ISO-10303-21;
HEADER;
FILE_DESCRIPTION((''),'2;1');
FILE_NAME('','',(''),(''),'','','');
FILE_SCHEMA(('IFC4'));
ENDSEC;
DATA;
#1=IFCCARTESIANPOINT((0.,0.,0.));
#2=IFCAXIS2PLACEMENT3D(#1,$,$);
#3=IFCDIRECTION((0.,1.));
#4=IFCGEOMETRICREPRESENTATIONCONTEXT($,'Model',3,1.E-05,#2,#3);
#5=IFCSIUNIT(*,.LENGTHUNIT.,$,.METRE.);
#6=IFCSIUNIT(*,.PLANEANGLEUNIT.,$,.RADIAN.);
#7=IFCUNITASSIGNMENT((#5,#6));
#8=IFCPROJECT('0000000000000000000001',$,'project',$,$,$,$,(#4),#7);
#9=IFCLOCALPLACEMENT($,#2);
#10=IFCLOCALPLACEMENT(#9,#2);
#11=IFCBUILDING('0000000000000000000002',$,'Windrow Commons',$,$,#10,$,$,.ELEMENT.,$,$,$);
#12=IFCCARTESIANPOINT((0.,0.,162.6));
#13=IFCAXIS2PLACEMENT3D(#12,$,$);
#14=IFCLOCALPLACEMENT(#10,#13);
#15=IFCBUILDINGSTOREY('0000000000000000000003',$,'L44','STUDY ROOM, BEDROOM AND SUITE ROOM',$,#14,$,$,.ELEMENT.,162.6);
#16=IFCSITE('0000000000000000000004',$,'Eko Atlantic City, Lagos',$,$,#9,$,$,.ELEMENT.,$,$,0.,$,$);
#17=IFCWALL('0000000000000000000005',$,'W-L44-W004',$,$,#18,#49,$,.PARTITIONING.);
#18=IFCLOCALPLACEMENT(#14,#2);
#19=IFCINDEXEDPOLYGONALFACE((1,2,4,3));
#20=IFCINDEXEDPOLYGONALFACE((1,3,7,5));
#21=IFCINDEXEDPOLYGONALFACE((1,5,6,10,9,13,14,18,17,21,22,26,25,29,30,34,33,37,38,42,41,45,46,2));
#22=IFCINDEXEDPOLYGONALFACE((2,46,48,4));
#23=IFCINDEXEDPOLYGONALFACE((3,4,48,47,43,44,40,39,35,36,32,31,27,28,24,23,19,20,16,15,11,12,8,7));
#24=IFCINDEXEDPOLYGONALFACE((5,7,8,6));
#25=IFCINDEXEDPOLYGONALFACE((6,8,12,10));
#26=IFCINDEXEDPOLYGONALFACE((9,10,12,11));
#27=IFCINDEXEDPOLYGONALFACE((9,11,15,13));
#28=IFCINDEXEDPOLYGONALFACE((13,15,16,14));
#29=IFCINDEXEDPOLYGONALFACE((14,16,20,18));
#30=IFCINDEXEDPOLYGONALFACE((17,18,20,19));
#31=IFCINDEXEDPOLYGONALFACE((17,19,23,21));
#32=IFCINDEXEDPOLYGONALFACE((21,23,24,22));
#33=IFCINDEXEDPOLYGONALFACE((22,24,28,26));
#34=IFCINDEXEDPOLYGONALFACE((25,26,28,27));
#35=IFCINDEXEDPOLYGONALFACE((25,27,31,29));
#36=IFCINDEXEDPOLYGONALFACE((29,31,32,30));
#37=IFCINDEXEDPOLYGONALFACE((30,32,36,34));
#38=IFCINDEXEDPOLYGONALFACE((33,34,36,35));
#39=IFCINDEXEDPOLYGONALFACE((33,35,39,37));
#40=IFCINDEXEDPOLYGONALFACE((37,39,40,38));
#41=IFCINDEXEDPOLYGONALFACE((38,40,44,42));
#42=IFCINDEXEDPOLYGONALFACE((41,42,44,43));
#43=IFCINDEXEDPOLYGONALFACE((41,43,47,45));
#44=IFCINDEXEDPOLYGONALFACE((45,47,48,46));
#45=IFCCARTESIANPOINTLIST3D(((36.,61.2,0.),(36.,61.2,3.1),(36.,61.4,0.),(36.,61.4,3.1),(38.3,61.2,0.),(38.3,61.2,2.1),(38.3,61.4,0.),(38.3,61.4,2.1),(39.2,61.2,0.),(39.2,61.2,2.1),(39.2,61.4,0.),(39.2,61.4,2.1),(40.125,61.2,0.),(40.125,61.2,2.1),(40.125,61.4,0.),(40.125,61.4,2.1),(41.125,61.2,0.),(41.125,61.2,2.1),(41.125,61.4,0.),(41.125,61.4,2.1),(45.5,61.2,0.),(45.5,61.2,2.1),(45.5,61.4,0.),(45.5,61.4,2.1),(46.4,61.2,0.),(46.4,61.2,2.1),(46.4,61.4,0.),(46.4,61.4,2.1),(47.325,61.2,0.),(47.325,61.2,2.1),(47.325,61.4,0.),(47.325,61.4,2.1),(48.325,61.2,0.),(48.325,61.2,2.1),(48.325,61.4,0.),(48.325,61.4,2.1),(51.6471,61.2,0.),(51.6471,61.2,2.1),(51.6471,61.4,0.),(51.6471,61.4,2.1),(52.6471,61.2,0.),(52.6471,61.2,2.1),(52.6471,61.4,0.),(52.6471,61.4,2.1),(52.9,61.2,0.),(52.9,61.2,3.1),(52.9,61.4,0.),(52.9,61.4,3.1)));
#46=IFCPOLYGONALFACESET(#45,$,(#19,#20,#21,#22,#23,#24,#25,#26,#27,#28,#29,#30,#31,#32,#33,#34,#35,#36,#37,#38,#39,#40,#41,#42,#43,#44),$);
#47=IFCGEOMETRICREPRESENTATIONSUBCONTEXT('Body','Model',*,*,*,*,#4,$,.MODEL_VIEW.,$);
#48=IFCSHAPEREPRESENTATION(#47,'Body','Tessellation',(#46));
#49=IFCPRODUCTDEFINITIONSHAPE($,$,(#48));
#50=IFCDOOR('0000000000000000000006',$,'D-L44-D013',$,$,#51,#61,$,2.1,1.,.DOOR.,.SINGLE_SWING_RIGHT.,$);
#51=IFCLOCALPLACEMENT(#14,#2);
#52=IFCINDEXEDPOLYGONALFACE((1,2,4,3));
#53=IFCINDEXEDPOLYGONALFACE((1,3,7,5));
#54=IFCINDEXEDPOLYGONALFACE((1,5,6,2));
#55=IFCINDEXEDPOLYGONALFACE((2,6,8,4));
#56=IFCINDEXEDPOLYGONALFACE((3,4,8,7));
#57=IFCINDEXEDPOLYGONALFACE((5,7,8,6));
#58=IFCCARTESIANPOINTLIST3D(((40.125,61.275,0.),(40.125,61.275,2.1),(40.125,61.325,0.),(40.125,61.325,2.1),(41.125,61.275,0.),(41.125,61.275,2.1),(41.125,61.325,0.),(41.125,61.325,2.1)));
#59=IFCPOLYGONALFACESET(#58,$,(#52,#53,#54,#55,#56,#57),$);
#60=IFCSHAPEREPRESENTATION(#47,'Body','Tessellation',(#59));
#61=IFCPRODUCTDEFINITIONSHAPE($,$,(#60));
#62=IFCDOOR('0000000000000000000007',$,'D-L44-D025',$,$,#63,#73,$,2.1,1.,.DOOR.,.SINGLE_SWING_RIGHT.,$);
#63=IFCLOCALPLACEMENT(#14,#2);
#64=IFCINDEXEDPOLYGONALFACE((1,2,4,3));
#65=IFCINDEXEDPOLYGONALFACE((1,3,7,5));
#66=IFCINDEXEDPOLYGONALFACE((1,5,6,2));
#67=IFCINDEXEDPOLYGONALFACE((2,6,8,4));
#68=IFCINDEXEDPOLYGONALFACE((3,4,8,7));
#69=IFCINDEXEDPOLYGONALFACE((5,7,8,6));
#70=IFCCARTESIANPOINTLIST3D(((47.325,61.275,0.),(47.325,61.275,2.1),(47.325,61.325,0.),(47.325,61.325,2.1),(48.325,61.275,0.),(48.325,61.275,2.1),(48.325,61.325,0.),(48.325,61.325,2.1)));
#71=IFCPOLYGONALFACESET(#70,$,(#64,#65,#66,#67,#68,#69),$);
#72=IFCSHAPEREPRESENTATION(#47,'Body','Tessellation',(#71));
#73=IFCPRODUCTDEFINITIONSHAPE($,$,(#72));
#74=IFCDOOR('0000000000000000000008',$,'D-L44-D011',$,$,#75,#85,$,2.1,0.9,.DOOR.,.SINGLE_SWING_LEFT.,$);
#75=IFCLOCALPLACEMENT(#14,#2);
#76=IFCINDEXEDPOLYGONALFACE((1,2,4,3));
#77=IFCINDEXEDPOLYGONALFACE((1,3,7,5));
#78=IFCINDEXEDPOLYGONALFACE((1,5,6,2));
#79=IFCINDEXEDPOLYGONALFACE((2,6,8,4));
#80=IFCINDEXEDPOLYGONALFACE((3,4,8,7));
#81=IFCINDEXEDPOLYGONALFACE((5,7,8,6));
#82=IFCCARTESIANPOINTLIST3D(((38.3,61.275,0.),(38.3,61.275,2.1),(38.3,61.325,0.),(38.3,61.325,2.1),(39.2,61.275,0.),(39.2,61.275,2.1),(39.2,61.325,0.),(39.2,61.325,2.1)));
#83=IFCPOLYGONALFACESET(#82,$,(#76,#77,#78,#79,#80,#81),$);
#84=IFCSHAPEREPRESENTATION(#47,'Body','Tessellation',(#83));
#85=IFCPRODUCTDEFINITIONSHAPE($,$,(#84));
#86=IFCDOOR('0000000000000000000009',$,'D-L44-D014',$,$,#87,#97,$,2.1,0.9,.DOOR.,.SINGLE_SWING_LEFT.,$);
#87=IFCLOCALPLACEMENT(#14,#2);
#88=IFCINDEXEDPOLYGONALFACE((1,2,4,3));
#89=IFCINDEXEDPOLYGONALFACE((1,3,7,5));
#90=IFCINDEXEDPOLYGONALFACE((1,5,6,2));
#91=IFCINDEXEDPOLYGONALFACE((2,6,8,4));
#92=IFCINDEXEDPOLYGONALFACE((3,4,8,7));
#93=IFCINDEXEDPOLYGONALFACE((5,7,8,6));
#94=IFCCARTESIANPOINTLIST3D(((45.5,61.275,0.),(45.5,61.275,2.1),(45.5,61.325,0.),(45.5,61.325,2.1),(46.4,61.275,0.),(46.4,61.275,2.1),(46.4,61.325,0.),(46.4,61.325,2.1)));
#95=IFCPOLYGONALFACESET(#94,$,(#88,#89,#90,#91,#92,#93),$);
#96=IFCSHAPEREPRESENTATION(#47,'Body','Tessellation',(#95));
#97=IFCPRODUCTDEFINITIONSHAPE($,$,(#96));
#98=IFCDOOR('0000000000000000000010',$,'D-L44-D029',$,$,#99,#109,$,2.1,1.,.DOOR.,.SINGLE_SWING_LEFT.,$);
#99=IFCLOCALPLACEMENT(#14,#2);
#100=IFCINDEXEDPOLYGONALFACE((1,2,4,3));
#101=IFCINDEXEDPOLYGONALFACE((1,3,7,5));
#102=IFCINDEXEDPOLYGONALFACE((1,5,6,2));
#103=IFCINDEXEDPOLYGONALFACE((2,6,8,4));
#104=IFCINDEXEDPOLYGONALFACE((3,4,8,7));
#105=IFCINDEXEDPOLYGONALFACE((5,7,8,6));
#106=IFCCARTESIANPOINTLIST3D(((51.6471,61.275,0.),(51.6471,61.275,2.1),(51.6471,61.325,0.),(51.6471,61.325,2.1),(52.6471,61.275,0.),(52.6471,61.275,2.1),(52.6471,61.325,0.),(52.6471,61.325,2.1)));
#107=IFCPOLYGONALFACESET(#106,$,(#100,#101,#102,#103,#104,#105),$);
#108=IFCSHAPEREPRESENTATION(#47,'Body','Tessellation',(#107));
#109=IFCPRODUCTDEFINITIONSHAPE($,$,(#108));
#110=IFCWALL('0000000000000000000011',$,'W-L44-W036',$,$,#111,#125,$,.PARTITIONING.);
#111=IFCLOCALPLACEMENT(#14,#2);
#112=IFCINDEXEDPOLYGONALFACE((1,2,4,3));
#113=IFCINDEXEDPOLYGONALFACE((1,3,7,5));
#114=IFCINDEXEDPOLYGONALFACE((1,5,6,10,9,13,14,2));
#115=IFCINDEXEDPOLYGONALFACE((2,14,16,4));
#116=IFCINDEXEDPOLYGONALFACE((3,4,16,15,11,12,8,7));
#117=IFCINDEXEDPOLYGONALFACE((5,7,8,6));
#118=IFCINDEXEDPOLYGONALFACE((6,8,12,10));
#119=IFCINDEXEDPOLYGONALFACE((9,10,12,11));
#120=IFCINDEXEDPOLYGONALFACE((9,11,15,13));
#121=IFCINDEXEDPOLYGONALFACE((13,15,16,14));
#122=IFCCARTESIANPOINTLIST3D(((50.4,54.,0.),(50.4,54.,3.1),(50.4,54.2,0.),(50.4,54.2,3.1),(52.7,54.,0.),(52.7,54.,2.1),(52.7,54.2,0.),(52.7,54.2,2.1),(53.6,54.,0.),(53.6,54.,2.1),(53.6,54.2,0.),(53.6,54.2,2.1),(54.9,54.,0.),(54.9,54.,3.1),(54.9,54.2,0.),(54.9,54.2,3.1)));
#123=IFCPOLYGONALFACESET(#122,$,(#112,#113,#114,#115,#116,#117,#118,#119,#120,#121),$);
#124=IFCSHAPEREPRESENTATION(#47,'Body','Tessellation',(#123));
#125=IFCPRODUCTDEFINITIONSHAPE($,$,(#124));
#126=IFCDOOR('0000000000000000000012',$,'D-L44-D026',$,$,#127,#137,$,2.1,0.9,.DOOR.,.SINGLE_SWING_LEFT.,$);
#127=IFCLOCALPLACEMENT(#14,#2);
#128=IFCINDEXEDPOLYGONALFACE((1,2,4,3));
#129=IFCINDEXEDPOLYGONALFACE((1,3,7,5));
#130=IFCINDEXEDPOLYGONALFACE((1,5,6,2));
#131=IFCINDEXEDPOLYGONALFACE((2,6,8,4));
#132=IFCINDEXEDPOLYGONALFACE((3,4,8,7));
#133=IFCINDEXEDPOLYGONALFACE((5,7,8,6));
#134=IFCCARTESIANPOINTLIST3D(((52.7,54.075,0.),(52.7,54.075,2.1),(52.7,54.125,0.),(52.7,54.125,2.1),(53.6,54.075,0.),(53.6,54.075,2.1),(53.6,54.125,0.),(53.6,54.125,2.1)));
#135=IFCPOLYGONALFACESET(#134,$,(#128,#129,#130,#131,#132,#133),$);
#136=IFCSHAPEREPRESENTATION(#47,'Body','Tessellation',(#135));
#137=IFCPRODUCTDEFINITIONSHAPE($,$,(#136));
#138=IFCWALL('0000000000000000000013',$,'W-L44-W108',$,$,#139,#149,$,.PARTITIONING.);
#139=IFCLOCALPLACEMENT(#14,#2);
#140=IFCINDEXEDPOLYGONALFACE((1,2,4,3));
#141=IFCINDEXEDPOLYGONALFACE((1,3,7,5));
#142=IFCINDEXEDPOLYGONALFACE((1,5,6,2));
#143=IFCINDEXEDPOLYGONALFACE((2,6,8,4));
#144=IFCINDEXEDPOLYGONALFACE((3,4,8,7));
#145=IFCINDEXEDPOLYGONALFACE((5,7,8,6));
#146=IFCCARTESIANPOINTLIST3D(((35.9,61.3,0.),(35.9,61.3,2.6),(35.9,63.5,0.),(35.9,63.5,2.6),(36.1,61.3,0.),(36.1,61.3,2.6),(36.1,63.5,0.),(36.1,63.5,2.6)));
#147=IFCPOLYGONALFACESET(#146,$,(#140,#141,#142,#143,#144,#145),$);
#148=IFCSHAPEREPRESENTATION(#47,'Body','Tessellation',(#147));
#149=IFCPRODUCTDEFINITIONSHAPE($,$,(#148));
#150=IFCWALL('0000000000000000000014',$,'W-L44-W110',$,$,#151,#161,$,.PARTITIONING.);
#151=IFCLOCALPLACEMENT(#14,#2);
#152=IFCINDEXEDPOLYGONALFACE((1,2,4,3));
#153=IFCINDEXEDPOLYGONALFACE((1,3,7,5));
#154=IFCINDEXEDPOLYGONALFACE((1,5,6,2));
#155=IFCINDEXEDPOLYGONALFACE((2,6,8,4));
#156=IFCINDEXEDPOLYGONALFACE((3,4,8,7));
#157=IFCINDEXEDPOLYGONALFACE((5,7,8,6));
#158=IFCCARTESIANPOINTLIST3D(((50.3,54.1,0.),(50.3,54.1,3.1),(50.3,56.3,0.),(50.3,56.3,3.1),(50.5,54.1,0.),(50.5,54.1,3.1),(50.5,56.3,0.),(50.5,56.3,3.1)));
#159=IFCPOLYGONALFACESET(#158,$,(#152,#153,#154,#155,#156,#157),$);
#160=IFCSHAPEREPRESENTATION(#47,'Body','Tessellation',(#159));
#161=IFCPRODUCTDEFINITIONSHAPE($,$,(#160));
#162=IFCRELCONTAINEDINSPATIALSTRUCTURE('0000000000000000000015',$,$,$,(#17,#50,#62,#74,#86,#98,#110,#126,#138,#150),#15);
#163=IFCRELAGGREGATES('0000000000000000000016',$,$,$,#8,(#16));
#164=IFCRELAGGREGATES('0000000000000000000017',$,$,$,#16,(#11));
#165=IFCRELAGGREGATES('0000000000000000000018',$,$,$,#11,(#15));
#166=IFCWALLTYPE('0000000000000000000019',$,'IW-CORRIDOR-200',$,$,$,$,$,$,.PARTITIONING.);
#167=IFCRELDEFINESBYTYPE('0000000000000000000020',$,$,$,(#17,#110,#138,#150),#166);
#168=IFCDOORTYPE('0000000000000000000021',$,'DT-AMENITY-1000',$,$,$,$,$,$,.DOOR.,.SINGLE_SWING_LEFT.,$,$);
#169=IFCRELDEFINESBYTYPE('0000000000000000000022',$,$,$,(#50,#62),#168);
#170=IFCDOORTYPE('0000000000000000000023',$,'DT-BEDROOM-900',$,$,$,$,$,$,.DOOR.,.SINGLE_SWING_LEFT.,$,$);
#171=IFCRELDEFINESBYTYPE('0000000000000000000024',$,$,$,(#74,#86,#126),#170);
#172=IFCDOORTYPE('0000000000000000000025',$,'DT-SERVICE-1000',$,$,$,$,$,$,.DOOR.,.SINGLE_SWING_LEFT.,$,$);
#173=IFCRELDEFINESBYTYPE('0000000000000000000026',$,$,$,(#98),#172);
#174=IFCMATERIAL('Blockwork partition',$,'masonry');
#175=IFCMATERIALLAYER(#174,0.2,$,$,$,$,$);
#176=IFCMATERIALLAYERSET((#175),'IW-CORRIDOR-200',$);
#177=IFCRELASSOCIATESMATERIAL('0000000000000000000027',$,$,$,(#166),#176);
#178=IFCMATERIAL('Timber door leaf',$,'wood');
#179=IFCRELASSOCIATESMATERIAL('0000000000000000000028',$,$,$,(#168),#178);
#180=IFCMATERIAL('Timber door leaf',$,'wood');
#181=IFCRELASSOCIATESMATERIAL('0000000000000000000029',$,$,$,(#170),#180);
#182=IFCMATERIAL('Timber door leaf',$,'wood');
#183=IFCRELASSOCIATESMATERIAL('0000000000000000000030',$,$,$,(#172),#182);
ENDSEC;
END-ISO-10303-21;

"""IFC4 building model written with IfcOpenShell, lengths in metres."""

from ifc_helpers import new_model, si_unit, direction, frame, frame_2d, origin, place, context, subcontext, project, spatial, rectangle, extrude, material, layer, layer_set, type_object, element, fill, save


model = new_model("IFC4")

# Units and contexts
model_context = context("Model", 3, precision=1e-05, world=origin(), true_north=direction((0.0, 1.0)))
body_context = subcontext(model_context, "Body", "Model", "MODEL_VIEW")
ifc_project = project(units=[si_unit("LENGTHUNIT", "METRE"), si_unit("PLANEANGLEUNIT", "RADIAN")], contexts=[model_context])

# Site, building, storey
site_placement = place(None, origin())
site = spatial("IfcSite", under=ifc_project, at=site_placement, Name="Eko Atlantic City, Lagos", CompositionType="ELEMENT", RefElevation=0.0)
building_placement = place(site_placement, origin())
building = spatial("IfcBuilding", under=site, at=building_placement, Name="Windrow Commons", CompositionType="ELEMENT")
storey_placement = place(building_placement, frame((0.0, 0.0, 162.6)))
storey = spatial("IfcBuildingStorey", under=building, at=storey_placement, Name="L44", Description="STUDY ROOM, BEDROOM AND SUITE ROOM", CompositionType="ELEMENT", Elevation=162.6)

# Wall, openings, doors
ifc_material_1 = material(Name="Blockwork partition", Category="masonry")
ifc_layer_1 = layer(ifc_material_1, 0.2)
ifc_layer_set_1 = layer_set([ifc_layer_1], Name="IW-CORRIDOR-200")
wall_type_1 = type_object("IfcWallType", Name="IW-CORRIDOR-200", PredefinedType="PARTITIONING", material=ifc_layer_set_1)
wall_1_placement = place(storey_placement, frame((36.0, 61.3, 0.0), z_axis=(0.0, 0.0, 1.0), x_axis=(1.0, 0.0, 0.0)))
wall_1 = element("IfcWall", 1, at=wall_1_placement, inside=storey, type_object=wall_type_1, Name="W-L44-W004", PredefinedType="PARTITIONING", context=body_context, shape_type="SweptSolid", body=[
    extrude(rectangle(XDim=16.9, YDim=0.2, at=frame_2d((8.45, 0.0))), origin(), (0.0, 0.0, 1.0), 3.1),
])
opening_1_placement = place(wall_1_placement, frame((2.3, 0.0, 0.0)))
opening_1 = element("IfcOpeningElement", 2, at=opening_1_placement, cuts=wall_1, PredefinedType="OPENING", context=body_context, shape_type="SweptSolid", body=[
    extrude(rectangle(XDim=0.9, YDim=2.1, at=frame_2d((0.45, 1.05))), frame((0.0, 0.11, 0.0), z_axis=(0.0, -1.0, 0.0), x_axis=(1.0, 0.0, 0.0)), (0.0, 0.0, 1.0), 0.22),
])
opening_2_placement = place(wall_1_placement, frame((4.125, 0.0, 0.0)))
opening_2 = element("IfcOpeningElement", 3, at=opening_2_placement, cuts=wall_1, PredefinedType="OPENING", context=body_context, shape_type="SweptSolid", body=[
    extrude(rectangle(XDim=1.0, YDim=2.1, at=frame_2d((0.5, 1.05))), frame((0.0, 0.11, 0.0), z_axis=(0.0, -1.0, 0.0), x_axis=(1.0, 0.0, 0.0)), (0.0, 0.0, 1.0), 0.22),
])
opening_3_placement = place(wall_1_placement, frame((9.5, 0.0, 0.0)))
opening_3 = element("IfcOpeningElement", 4, at=opening_3_placement, cuts=wall_1, PredefinedType="OPENING", context=body_context, shape_type="SweptSolid", body=[
    extrude(rectangle(XDim=0.9, YDim=2.1, at=frame_2d((0.45, 1.05))), frame((0.0, 0.11, 0.0), z_axis=(0.0, -1.0, 0.0), x_axis=(1.0, 0.0, 0.0)), (0.0, 0.0, 1.0), 0.22),
])
opening_4_placement = place(wall_1_placement, frame((11.325, 0.0, 0.0)))
opening_4 = element("IfcOpeningElement", 5, at=opening_4_placement, cuts=wall_1, PredefinedType="OPENING", context=body_context, shape_type="SweptSolid", body=[
    extrude(rectangle(XDim=1.0, YDim=2.1, at=frame_2d((0.5, 1.05))), frame((0.0, 0.11, 0.0), z_axis=(0.0, -1.0, 0.0), x_axis=(1.0, 0.0, 0.0)), (0.0, 0.0, 1.0), 0.22),
])
opening_5_placement = place(wall_1_placement, frame((15.6471, 0.0, 0.0)))
opening_5 = element("IfcOpeningElement", 6, at=opening_5_placement, cuts=wall_1, PredefinedType="OPENING", context=body_context, shape_type="SweptSolid", body=[
    extrude(rectangle(XDim=1.0, YDim=2.1, at=frame_2d((0.5, 1.05))), frame((0.0, 0.11, 0.0), z_axis=(0.0, -1.0, 0.0), x_axis=(1.0, 0.0, 0.0)), (0.0, 0.0, 1.0), 0.22),
])
ifc_material_2 = material(Name="Timber door leaf", Category="wood")
door_type_1 = type_object("IfcDoorType", Name="DT-AMENITY-1000", OperationType="SINGLE_SWING_LEFT", PredefinedType="DOOR", material=ifc_material_2)
door_1_placement = place(opening_2_placement, origin())
door_1 = element("IfcDoor", 7, at=door_1_placement, inside=storey, type_object=door_type_1, Name="D-L44-D013", OperationType="SINGLE_SWING_RIGHT", OverallHeight=2.1, OverallWidth=1.0, PredefinedType="DOOR", context=body_context, shape_type="SweptSolid", body=[
    extrude(rectangle(XDim=1.0, YDim=2.1, at=frame_2d((0.5, 1.05))), frame((0.0, 0.025, 0.0), z_axis=(0.0, -1.0, 0.0), x_axis=(1.0, 0.0, 0.0)), (0.0, 0.0, 1.0), 0.05),
])
fill(opening_2, door_1)
door_2_placement = place(opening_4_placement, origin())
door_2 = element("IfcDoor", 8, at=door_2_placement, inside=storey, type_object=door_type_1, Name="D-L44-D025", OperationType="SINGLE_SWING_RIGHT", OverallHeight=2.1, OverallWidth=1.0, PredefinedType="DOOR", context=body_context, shape_type="SweptSolid", body=[
    extrude(rectangle(XDim=1.0, YDim=2.1, at=frame_2d((0.5, 1.05))), frame((0.0, 0.025, 0.0), z_axis=(0.0, -1.0, 0.0), x_axis=(1.0, 0.0, 0.0)), (0.0, 0.0, 1.0), 0.05),
])
fill(opening_4, door_2)
ifc_material_3 = material(Name="Timber door leaf", Category="wood")
door_type_2 = type_object("IfcDoorType", Name="DT-BEDROOM-900", OperationType="SINGLE_SWING_LEFT", PredefinedType="DOOR", material=ifc_material_3)
door_3_placement = place(opening_1_placement, origin())
door_3 = element("IfcDoor", 9, at=door_3_placement, inside=storey, type_object=door_type_2, Name="D-L44-D011", OperationType="SINGLE_SWING_LEFT", OverallHeight=2.1, OverallWidth=0.9, PredefinedType="DOOR", context=body_context, shape_type="SweptSolid", body=[
    extrude(rectangle(XDim=0.9, YDim=2.1, at=frame_2d((0.45, 1.05))), frame((0.0, 0.025, 0.0), z_axis=(0.0, -1.0, 0.0), x_axis=(1.0, 0.0, 0.0)), (0.0, 0.0, 1.0), 0.05),
])
fill(opening_1, door_3)
door_4_placement = place(opening_3_placement, origin())
door_4 = element("IfcDoor", 10, at=door_4_placement, inside=storey, type_object=door_type_2, Name="D-L44-D014", OperationType="SINGLE_SWING_LEFT", OverallHeight=2.1, OverallWidth=0.9, PredefinedType="DOOR", context=body_context, shape_type="SweptSolid", body=[
    extrude(rectangle(XDim=0.9, YDim=2.1, at=frame_2d((0.45, 1.05))), frame((0.0, 0.025, 0.0), z_axis=(0.0, -1.0, 0.0), x_axis=(1.0, 0.0, 0.0)), (0.0, 0.0, 1.0), 0.05),
])
fill(opening_3, door_4)
ifc_material_4 = material(Name="Timber door leaf", Category="wood")
door_type_3 = type_object("IfcDoorType", Name="DT-SERVICE-1000", OperationType="SINGLE_SWING_LEFT", PredefinedType="DOOR", material=ifc_material_4)
door_5_placement = place(opening_5_placement, origin())
door_5 = element("IfcDoor", 11, at=door_5_placement, inside=storey, type_object=door_type_3, Name="D-L44-D029", OperationType="SINGLE_SWING_LEFT", OverallHeight=2.1, OverallWidth=1.0, PredefinedType="DOOR", context=body_context, shape_type="SweptSolid", body=[
    extrude(rectangle(XDim=1.0, YDim=2.1, at=frame_2d((0.5, 1.05))), frame((0.0, 0.025, 0.0), z_axis=(0.0, -1.0, 0.0), x_axis=(1.0, 0.0, 0.0)), (0.0, 0.0, 1.0), 0.05),
])
fill(opening_5, door_5)

# Wall, opening, door
wall_2_placement = place(storey_placement, frame((50.4, 54.1, 0.0), z_axis=(0.0, 0.0, 1.0), x_axis=(1.0, 0.0, 0.0)))
wall_2 = element("IfcWall", 12, at=wall_2_placement, inside=storey, type_object=wall_type_1, Name="W-L44-W036", PredefinedType="PARTITIONING", context=body_context, shape_type="SweptSolid", body=[
    extrude(rectangle(XDim=4.5, YDim=0.2, at=frame_2d((2.25, 0.0))), origin(), (0.0, 0.0, 1.0), 3.1),
])
opening_6_placement = place(wall_2_placement, frame((2.3, 0.0, 0.0)))
opening_6 = element("IfcOpeningElement", 13, at=opening_6_placement, cuts=wall_2, PredefinedType="OPENING", context=body_context, shape_type="SweptSolid", body=[
    extrude(rectangle(XDim=0.9, YDim=2.1, at=frame_2d((0.45, 1.05))), frame((0.0, 0.11, 0.0), z_axis=(0.0, -1.0, 0.0), x_axis=(1.0, 0.0, 0.0)), (0.0, 0.0, 1.0), 0.22),
])
door_6_placement = place(opening_6_placement, origin())
door_6 = element("IfcDoor", 14, at=door_6_placement, inside=storey, type_object=door_type_2, Name="D-L44-D026", OperationType="SINGLE_SWING_LEFT", OverallHeight=2.1, OverallWidth=0.9, PredefinedType="DOOR", context=body_context, shape_type="SweptSolid", body=[
    extrude(rectangle(XDim=0.9, YDim=2.1, at=frame_2d((0.45, 1.05))), frame((0.0, 0.025, 0.0), z_axis=(0.0, -1.0, 0.0), x_axis=(1.0, 0.0, 0.0)), (0.0, 0.0, 1.0), 0.05),
])
fill(opening_6, door_6)

# Walls
wall_3_placement = place(storey_placement, frame((36.0, 61.3, 0.0), z_axis=(0.0, 0.0, 1.0), x_axis=(0.0, 1.0, 0.0)))
element("IfcWall", 15, at=wall_3_placement, inside=storey, type_object=wall_type_1, Name="W-L44-W108", PredefinedType="PARTITIONING", context=body_context, shape_type="SweptSolid", body=[
    extrude(rectangle(XDim=2.2, YDim=0.2, at=frame_2d((1.1, 0.0))), origin(), (0.0, 0.0, 1.0), 2.6),
])
wall_4_placement = place(storey_placement, frame((50.4, 54.1, 0.0), z_axis=(0.0, 0.0, 1.0), x_axis=(0.0, 1.0, 0.0)))
element("IfcWall", 16, at=wall_4_placement, inside=storey, type_object=wall_type_1, Name="W-L44-W110", PredefinedType="PARTITIONING", context=body_context, shape_type="SweptSolid", body=[
    extrude(rectangle(XDim=2.2, YDim=0.2, at=frame_2d((1.1, 0.0))), origin(), (0.0, 0.0, 1.0), 3.1),
])

save(model, "model.ifc")
